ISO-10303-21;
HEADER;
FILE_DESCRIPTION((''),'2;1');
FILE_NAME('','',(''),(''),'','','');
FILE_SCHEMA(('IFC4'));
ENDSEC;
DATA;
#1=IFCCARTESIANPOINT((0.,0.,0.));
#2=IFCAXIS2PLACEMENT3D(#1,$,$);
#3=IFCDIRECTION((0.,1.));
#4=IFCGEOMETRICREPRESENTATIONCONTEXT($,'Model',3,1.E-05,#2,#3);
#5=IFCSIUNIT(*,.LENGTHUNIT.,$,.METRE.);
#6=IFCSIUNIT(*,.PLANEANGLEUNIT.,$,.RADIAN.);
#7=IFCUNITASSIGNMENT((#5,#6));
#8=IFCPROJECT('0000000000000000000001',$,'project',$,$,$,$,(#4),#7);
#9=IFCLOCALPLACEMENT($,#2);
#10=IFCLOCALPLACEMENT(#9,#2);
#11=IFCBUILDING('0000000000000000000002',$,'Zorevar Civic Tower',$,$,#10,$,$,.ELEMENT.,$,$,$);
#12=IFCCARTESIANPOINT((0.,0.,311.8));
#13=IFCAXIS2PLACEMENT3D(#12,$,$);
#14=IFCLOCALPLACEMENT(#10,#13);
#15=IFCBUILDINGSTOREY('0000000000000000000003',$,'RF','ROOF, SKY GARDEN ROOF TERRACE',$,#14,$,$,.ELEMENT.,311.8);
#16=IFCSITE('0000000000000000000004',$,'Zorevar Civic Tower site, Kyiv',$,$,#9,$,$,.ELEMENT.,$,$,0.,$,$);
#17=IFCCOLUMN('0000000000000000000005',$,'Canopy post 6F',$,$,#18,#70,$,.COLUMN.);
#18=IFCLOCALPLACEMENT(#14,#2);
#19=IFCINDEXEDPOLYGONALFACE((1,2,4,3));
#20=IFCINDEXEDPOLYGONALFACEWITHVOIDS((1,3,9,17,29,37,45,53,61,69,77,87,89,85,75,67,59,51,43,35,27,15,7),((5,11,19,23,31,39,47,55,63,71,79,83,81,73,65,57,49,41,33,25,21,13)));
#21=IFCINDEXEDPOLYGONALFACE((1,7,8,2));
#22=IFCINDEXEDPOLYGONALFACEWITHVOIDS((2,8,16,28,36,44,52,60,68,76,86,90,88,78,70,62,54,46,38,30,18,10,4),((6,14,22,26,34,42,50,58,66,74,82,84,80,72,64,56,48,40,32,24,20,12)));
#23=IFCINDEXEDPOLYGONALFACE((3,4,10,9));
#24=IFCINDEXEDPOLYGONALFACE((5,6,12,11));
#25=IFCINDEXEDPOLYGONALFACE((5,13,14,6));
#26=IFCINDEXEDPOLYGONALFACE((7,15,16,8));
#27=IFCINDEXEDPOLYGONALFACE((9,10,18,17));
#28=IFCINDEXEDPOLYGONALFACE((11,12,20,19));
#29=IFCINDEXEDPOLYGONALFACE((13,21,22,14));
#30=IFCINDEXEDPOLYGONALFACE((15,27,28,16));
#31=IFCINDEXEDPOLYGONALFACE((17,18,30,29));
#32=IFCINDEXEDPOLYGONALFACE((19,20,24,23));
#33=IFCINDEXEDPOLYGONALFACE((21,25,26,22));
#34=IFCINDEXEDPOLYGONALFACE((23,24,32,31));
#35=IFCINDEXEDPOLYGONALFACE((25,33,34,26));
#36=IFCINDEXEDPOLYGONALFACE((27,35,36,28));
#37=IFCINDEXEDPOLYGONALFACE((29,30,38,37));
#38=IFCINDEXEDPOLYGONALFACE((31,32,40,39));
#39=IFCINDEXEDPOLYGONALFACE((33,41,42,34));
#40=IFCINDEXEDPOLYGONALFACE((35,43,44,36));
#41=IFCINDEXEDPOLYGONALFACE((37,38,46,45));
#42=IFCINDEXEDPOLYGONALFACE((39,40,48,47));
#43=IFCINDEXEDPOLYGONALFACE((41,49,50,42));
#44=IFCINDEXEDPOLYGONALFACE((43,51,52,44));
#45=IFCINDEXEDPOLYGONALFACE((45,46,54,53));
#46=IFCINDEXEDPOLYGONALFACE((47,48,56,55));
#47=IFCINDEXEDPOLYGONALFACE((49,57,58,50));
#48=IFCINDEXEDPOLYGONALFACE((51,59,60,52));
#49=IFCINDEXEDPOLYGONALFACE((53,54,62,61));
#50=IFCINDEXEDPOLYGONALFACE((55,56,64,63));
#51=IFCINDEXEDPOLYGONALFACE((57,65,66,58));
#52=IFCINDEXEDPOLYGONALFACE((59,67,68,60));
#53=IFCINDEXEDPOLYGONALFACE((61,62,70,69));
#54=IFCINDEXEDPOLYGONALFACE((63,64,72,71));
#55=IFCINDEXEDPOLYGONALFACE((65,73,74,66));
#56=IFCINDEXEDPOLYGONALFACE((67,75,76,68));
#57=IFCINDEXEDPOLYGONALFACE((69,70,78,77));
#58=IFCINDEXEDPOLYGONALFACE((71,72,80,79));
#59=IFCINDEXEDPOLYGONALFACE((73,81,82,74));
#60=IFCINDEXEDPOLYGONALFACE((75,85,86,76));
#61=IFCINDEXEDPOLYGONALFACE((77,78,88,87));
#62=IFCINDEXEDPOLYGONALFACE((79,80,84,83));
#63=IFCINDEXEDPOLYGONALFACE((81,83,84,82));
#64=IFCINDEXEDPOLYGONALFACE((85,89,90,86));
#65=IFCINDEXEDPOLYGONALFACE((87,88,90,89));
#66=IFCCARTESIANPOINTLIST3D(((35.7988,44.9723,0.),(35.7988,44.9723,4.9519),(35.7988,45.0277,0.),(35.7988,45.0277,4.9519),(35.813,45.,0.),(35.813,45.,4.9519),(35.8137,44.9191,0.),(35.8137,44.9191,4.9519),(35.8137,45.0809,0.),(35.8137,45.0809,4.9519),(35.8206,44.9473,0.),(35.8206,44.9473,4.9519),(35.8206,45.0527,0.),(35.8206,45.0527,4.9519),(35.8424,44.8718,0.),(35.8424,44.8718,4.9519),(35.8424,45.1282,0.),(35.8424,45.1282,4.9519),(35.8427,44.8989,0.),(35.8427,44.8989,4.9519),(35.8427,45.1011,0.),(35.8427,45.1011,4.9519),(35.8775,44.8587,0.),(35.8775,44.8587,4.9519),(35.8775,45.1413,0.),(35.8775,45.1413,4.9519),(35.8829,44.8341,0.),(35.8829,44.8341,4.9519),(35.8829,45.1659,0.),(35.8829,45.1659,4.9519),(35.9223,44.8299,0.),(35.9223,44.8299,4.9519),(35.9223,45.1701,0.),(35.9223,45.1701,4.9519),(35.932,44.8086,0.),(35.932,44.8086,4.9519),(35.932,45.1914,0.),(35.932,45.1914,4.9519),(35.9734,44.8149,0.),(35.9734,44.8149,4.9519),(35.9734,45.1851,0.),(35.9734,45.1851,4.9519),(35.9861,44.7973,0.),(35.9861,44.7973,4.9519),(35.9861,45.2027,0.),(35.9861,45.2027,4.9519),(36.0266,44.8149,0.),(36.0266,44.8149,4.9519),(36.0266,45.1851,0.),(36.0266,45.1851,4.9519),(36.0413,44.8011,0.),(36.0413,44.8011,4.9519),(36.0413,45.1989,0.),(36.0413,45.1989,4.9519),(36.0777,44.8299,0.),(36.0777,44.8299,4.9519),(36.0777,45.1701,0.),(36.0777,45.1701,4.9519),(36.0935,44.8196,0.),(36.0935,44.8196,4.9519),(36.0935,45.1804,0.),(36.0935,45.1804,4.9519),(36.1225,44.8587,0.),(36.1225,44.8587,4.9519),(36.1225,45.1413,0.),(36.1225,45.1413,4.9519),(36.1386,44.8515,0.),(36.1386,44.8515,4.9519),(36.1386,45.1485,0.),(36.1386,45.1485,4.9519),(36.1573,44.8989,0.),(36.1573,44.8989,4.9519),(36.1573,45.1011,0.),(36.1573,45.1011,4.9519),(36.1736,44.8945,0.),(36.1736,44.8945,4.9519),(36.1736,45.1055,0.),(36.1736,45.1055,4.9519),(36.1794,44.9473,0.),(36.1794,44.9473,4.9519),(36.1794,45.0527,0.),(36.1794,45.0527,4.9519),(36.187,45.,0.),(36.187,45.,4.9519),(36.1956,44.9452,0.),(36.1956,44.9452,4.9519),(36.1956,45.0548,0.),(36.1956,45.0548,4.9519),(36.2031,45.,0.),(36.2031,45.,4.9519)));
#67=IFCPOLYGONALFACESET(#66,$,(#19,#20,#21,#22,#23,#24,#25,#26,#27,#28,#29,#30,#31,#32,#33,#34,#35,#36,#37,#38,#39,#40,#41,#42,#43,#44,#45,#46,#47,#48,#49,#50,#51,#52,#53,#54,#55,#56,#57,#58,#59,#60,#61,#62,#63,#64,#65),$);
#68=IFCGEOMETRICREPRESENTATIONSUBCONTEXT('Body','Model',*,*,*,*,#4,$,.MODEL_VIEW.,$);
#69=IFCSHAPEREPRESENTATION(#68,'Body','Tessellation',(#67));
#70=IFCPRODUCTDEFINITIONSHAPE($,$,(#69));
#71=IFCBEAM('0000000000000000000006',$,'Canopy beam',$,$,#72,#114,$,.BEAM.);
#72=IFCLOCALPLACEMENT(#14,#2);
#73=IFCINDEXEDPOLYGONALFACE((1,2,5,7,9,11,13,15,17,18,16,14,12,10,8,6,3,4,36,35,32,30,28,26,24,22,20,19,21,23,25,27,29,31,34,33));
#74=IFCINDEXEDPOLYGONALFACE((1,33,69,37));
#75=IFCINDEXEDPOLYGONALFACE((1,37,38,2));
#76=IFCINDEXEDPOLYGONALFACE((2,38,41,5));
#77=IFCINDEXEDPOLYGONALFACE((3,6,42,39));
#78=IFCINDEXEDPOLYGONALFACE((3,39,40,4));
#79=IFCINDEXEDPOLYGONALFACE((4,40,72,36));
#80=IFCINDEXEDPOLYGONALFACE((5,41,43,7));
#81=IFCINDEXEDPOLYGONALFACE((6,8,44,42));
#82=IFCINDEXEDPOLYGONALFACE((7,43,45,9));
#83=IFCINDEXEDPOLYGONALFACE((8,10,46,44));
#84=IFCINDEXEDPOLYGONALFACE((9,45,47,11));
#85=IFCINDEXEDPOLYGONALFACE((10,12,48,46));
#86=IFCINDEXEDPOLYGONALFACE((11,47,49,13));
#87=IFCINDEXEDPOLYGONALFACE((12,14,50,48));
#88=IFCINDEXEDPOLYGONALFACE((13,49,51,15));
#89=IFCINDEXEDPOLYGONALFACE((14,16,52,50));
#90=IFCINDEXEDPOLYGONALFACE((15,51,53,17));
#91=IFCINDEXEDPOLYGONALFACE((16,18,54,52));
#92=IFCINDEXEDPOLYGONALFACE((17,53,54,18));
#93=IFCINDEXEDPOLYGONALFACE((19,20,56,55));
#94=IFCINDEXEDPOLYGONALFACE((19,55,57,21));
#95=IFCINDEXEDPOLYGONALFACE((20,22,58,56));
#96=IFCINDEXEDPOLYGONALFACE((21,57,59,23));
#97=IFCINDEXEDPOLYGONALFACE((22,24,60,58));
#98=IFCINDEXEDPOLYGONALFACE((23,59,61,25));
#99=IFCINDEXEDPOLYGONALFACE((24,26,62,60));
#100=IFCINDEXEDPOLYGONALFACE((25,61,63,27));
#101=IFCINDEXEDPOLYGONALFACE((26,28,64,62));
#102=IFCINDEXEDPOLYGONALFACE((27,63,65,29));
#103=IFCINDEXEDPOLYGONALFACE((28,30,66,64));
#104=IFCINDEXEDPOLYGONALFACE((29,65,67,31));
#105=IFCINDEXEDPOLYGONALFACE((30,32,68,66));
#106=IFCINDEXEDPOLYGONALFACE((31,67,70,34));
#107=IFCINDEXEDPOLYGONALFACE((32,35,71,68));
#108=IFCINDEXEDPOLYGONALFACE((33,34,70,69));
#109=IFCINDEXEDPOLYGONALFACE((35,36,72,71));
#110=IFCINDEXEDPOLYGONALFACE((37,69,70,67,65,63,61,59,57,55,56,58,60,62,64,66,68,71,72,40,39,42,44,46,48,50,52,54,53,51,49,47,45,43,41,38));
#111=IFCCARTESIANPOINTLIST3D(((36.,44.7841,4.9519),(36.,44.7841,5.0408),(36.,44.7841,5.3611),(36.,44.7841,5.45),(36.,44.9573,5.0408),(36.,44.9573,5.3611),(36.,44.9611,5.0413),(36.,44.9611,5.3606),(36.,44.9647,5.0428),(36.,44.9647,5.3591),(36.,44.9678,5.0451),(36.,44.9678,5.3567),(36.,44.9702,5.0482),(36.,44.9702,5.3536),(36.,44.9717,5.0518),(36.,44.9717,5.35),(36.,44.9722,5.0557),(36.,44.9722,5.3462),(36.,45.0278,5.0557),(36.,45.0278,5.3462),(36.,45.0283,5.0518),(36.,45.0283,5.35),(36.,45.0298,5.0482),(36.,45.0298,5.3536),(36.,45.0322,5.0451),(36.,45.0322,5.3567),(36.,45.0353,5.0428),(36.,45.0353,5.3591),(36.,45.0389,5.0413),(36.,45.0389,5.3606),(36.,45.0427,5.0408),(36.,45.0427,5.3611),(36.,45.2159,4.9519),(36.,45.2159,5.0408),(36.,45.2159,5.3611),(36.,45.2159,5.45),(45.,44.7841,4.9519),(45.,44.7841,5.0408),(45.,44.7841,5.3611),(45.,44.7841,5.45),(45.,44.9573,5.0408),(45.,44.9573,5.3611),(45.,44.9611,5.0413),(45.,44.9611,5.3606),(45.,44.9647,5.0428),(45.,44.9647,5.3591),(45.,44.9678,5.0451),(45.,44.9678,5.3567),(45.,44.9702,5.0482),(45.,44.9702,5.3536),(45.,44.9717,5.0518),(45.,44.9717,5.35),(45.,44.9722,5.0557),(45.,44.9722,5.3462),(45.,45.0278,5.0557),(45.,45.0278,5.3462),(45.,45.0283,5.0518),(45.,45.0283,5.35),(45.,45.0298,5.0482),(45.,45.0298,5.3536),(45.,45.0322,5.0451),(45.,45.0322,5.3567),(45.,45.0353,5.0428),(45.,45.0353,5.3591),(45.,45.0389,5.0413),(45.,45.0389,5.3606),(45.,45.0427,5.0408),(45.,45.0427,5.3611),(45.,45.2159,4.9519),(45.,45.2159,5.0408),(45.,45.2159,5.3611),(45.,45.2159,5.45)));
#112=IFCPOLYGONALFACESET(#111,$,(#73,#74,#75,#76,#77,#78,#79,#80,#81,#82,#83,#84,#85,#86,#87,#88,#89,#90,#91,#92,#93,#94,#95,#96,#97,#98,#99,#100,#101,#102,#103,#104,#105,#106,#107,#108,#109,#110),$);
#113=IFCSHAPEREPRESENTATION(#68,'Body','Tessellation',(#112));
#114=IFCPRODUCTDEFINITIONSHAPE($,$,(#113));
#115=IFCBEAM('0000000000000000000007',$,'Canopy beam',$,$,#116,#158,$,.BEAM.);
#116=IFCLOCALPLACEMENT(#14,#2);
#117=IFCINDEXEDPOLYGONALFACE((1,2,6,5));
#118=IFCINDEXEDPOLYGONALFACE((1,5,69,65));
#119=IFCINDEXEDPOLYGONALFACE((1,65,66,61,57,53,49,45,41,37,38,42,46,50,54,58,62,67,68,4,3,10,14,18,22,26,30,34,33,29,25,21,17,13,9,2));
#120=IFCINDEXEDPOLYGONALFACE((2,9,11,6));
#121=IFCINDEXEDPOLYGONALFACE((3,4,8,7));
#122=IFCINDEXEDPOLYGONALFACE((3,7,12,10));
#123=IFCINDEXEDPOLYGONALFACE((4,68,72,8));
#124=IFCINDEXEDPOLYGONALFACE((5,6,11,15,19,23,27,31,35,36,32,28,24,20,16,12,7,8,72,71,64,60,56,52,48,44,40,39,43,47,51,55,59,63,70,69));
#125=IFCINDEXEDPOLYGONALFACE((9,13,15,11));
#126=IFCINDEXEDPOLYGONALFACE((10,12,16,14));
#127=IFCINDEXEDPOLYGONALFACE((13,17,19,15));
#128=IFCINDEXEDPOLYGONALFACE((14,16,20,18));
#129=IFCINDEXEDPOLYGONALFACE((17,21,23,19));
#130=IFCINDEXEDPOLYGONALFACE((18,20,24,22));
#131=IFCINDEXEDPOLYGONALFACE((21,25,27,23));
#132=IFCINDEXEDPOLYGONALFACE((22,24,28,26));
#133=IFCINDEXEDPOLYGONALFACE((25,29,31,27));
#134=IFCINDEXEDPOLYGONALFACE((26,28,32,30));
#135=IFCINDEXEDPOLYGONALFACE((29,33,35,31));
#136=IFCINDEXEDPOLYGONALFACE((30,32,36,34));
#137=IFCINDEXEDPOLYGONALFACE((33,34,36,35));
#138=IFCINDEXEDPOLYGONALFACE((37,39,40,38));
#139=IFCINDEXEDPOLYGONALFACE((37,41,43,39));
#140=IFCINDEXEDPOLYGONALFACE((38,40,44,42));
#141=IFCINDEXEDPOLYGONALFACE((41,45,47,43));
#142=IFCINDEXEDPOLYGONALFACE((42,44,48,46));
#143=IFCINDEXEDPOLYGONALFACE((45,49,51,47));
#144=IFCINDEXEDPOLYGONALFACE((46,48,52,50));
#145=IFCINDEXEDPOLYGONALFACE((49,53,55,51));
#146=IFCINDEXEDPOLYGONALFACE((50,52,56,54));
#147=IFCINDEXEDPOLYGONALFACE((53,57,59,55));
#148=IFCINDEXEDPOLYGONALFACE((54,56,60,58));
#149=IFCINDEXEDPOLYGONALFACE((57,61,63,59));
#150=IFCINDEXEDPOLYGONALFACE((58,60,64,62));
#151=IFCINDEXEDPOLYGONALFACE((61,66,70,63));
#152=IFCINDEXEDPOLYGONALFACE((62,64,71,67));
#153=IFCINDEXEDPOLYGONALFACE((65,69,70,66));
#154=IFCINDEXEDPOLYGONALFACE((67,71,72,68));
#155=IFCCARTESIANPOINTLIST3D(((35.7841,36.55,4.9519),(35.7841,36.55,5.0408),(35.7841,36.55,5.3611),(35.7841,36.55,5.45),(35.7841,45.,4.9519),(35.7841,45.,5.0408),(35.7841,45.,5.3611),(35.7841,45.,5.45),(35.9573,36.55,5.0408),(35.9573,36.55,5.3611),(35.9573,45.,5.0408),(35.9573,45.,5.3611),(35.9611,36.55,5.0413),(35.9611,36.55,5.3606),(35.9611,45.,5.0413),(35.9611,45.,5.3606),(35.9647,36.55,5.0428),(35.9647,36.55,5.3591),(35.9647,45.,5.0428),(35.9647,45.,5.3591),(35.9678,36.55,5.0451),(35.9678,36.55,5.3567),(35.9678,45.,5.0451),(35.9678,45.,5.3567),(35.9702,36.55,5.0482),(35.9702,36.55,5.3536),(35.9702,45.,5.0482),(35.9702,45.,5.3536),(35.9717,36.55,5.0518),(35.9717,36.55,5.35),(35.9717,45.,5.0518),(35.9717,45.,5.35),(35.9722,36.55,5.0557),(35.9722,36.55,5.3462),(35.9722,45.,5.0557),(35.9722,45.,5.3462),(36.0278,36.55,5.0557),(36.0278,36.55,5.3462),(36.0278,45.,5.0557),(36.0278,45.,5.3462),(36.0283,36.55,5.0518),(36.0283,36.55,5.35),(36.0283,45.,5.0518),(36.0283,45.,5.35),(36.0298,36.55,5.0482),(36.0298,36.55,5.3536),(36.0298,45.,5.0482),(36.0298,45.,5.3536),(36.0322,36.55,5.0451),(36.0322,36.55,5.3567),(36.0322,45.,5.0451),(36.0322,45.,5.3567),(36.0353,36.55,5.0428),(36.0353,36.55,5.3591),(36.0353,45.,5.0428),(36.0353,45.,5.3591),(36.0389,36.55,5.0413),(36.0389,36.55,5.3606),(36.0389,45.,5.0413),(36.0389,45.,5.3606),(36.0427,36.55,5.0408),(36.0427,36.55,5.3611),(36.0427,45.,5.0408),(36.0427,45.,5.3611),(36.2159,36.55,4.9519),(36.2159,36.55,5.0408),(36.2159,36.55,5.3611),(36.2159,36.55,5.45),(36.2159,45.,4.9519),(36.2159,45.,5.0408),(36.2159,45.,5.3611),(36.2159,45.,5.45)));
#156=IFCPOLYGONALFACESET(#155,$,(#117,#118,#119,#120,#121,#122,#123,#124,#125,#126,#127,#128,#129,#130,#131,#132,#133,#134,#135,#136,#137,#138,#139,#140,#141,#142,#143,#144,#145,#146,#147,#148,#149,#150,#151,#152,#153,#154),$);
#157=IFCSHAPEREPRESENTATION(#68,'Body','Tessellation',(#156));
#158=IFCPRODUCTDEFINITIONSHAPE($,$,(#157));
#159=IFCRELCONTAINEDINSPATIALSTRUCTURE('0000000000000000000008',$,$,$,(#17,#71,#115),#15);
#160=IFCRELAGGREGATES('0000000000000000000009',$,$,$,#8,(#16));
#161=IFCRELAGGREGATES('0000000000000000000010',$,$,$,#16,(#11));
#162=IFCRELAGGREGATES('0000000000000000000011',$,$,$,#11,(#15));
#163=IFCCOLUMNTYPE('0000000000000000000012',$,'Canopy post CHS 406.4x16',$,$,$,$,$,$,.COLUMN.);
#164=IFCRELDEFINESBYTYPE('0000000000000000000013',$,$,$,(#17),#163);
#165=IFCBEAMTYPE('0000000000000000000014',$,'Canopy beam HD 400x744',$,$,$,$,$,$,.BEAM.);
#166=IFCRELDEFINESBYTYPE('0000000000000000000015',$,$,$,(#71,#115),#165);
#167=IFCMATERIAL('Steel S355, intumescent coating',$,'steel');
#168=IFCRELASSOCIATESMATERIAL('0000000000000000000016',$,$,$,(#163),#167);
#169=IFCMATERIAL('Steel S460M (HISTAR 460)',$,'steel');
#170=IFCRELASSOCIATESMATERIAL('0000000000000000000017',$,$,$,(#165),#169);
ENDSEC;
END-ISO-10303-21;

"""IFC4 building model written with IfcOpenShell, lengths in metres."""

from ifc_helpers import new_model, si_unit, direction, frame, origin, origin_2d, place, context, subcontext, project, spatial, hollow_circle, i_section, extrude, material, material_profile, profile_set, type_object, element, save


model = new_model("IFC4")

# Units and contexts
model_context = context("Model", 3, precision=1e-05, world=origin(), true_north=direction((0.0, 1.0)))
body_context = subcontext(model_context, "Body", "Model", "MODEL_VIEW")
ifc_project = project(units=[si_unit("LENGTHUNIT", "METRE"), si_unit("PLANEANGLEUNIT", "RADIAN")], contexts=[model_context])

# Site, building, storey
site_placement = place(None, origin())
site = spatial("IfcSite", under=ifc_project, at=site_placement, Name="Zorevar Civic Tower site, Kyiv", CompositionType="ELEMENT", RefElevation=0.0)
building_placement = place(site_placement, origin())
building = spatial("IfcBuilding", under=site, at=building_placement, Name="Zorevar Civic Tower", CompositionType="ELEMENT")
storey_placement = place(building_placement, frame((0.0, 0.0, 311.8)))
storey = spatial("IfcBuildingStorey", under=building, at=storey_placement, Name="RF", Description="ROOF, SKY GARDEN ROOF TERRACE", CompositionType="ELEMENT", Elevation=311.8)

# Column
ifc_material_1 = material(Name="Steel S355, intumescent coating", Category="steel")
ifc_material_profile_1 = material_profile(ifc_material_1, hollow_circle(Radius=0.2031, WallThickness=0.0161, at=origin_2d()), Name="CHS 406.4x16")
ifc_profile_set_1 = profile_set([ifc_material_profile_1], Name="Steel S355, intumescent coating")
column_type = type_object("IfcColumnType", Name="Canopy post CHS 406.4x16", PredefinedType="COLUMN", material=ifc_profile_set_1)
column_placement = place(storey_placement, frame((36.0, 45.0, 0.0), z_axis=(0.0, 0.0, 1.0), x_axis=(1.0, 0.0, 0.0)))
element("IfcColumn", 1, at=column_placement, inside=storey, type_object=column_type, Name="Canopy post 6F", PredefinedType="COLUMN", context=body_context, shape_type="SweptSolid", body=[
    extrude(hollow_circle(Radius=0.2031, WallThickness=0.0161, at=origin_2d()), origin(), (0.0, 0.0, 1.0), 4.9519),
])

# Beams
ifc_material_2 = material(Name="Steel S460M (HISTAR 460)", Category="steel")
ifc_material_profile_2 = material_profile(ifc_material_2, i_section(OverallWidth=0.4319, OverallDepth=0.498, WebThickness=0.0557, FlangeThickness=0.0889, FilletRadius=0.0149, at=origin_2d()), Name="HD 400x744")
ifc_profile_set_2 = profile_set([ifc_material_profile_2], Name="Steel S460M (HISTAR 460)")
beam_type = type_object("IfcBeamType", Name="Canopy beam HD 400x744", PredefinedType="BEAM", material=ifc_profile_set_2)
beam_1_placement = place(storey_placement, frame((36.0, 45.0, 5.2009), z_axis=(1.0, 0.0, 0.0), x_axis=(0.0, 1.0, 0.0)))
element("IfcBeam", 2, at=beam_1_placement, inside=storey, type_object=beam_type, Name="Canopy beam", PredefinedType="BEAM", context=body_context, shape_type="SweptSolid", body=[
    extrude(i_section(OverallWidth=0.4319, OverallDepth=0.498, WebThickness=0.0557, FlangeThickness=0.0889, FilletRadius=0.0149, at=origin_2d()), origin(), (0.0, 0.0, 1.0), 9.0),
])
beam_2_placement = place(storey_placement, frame((36.0, 36.55, 5.2009), z_axis=(0.0, 1.0, 0.0), x_axis=(-1.0, 0.0, 0.0)))
element("IfcBeam", 3, at=beam_2_placement, inside=storey, type_object=beam_type, Name="Canopy beam", PredefinedType="BEAM", context=body_context, shape_type="SweptSolid", body=[
    extrude(i_section(OverallWidth=0.4319, OverallDepth=0.498, WebThickness=0.0557, FlangeThickness=0.0889, FilletRadius=0.0149, at=origin_2d()), origin(), (0.0, 0.0, 1.0), 8.45),
])

save(model, "model.ifc")
